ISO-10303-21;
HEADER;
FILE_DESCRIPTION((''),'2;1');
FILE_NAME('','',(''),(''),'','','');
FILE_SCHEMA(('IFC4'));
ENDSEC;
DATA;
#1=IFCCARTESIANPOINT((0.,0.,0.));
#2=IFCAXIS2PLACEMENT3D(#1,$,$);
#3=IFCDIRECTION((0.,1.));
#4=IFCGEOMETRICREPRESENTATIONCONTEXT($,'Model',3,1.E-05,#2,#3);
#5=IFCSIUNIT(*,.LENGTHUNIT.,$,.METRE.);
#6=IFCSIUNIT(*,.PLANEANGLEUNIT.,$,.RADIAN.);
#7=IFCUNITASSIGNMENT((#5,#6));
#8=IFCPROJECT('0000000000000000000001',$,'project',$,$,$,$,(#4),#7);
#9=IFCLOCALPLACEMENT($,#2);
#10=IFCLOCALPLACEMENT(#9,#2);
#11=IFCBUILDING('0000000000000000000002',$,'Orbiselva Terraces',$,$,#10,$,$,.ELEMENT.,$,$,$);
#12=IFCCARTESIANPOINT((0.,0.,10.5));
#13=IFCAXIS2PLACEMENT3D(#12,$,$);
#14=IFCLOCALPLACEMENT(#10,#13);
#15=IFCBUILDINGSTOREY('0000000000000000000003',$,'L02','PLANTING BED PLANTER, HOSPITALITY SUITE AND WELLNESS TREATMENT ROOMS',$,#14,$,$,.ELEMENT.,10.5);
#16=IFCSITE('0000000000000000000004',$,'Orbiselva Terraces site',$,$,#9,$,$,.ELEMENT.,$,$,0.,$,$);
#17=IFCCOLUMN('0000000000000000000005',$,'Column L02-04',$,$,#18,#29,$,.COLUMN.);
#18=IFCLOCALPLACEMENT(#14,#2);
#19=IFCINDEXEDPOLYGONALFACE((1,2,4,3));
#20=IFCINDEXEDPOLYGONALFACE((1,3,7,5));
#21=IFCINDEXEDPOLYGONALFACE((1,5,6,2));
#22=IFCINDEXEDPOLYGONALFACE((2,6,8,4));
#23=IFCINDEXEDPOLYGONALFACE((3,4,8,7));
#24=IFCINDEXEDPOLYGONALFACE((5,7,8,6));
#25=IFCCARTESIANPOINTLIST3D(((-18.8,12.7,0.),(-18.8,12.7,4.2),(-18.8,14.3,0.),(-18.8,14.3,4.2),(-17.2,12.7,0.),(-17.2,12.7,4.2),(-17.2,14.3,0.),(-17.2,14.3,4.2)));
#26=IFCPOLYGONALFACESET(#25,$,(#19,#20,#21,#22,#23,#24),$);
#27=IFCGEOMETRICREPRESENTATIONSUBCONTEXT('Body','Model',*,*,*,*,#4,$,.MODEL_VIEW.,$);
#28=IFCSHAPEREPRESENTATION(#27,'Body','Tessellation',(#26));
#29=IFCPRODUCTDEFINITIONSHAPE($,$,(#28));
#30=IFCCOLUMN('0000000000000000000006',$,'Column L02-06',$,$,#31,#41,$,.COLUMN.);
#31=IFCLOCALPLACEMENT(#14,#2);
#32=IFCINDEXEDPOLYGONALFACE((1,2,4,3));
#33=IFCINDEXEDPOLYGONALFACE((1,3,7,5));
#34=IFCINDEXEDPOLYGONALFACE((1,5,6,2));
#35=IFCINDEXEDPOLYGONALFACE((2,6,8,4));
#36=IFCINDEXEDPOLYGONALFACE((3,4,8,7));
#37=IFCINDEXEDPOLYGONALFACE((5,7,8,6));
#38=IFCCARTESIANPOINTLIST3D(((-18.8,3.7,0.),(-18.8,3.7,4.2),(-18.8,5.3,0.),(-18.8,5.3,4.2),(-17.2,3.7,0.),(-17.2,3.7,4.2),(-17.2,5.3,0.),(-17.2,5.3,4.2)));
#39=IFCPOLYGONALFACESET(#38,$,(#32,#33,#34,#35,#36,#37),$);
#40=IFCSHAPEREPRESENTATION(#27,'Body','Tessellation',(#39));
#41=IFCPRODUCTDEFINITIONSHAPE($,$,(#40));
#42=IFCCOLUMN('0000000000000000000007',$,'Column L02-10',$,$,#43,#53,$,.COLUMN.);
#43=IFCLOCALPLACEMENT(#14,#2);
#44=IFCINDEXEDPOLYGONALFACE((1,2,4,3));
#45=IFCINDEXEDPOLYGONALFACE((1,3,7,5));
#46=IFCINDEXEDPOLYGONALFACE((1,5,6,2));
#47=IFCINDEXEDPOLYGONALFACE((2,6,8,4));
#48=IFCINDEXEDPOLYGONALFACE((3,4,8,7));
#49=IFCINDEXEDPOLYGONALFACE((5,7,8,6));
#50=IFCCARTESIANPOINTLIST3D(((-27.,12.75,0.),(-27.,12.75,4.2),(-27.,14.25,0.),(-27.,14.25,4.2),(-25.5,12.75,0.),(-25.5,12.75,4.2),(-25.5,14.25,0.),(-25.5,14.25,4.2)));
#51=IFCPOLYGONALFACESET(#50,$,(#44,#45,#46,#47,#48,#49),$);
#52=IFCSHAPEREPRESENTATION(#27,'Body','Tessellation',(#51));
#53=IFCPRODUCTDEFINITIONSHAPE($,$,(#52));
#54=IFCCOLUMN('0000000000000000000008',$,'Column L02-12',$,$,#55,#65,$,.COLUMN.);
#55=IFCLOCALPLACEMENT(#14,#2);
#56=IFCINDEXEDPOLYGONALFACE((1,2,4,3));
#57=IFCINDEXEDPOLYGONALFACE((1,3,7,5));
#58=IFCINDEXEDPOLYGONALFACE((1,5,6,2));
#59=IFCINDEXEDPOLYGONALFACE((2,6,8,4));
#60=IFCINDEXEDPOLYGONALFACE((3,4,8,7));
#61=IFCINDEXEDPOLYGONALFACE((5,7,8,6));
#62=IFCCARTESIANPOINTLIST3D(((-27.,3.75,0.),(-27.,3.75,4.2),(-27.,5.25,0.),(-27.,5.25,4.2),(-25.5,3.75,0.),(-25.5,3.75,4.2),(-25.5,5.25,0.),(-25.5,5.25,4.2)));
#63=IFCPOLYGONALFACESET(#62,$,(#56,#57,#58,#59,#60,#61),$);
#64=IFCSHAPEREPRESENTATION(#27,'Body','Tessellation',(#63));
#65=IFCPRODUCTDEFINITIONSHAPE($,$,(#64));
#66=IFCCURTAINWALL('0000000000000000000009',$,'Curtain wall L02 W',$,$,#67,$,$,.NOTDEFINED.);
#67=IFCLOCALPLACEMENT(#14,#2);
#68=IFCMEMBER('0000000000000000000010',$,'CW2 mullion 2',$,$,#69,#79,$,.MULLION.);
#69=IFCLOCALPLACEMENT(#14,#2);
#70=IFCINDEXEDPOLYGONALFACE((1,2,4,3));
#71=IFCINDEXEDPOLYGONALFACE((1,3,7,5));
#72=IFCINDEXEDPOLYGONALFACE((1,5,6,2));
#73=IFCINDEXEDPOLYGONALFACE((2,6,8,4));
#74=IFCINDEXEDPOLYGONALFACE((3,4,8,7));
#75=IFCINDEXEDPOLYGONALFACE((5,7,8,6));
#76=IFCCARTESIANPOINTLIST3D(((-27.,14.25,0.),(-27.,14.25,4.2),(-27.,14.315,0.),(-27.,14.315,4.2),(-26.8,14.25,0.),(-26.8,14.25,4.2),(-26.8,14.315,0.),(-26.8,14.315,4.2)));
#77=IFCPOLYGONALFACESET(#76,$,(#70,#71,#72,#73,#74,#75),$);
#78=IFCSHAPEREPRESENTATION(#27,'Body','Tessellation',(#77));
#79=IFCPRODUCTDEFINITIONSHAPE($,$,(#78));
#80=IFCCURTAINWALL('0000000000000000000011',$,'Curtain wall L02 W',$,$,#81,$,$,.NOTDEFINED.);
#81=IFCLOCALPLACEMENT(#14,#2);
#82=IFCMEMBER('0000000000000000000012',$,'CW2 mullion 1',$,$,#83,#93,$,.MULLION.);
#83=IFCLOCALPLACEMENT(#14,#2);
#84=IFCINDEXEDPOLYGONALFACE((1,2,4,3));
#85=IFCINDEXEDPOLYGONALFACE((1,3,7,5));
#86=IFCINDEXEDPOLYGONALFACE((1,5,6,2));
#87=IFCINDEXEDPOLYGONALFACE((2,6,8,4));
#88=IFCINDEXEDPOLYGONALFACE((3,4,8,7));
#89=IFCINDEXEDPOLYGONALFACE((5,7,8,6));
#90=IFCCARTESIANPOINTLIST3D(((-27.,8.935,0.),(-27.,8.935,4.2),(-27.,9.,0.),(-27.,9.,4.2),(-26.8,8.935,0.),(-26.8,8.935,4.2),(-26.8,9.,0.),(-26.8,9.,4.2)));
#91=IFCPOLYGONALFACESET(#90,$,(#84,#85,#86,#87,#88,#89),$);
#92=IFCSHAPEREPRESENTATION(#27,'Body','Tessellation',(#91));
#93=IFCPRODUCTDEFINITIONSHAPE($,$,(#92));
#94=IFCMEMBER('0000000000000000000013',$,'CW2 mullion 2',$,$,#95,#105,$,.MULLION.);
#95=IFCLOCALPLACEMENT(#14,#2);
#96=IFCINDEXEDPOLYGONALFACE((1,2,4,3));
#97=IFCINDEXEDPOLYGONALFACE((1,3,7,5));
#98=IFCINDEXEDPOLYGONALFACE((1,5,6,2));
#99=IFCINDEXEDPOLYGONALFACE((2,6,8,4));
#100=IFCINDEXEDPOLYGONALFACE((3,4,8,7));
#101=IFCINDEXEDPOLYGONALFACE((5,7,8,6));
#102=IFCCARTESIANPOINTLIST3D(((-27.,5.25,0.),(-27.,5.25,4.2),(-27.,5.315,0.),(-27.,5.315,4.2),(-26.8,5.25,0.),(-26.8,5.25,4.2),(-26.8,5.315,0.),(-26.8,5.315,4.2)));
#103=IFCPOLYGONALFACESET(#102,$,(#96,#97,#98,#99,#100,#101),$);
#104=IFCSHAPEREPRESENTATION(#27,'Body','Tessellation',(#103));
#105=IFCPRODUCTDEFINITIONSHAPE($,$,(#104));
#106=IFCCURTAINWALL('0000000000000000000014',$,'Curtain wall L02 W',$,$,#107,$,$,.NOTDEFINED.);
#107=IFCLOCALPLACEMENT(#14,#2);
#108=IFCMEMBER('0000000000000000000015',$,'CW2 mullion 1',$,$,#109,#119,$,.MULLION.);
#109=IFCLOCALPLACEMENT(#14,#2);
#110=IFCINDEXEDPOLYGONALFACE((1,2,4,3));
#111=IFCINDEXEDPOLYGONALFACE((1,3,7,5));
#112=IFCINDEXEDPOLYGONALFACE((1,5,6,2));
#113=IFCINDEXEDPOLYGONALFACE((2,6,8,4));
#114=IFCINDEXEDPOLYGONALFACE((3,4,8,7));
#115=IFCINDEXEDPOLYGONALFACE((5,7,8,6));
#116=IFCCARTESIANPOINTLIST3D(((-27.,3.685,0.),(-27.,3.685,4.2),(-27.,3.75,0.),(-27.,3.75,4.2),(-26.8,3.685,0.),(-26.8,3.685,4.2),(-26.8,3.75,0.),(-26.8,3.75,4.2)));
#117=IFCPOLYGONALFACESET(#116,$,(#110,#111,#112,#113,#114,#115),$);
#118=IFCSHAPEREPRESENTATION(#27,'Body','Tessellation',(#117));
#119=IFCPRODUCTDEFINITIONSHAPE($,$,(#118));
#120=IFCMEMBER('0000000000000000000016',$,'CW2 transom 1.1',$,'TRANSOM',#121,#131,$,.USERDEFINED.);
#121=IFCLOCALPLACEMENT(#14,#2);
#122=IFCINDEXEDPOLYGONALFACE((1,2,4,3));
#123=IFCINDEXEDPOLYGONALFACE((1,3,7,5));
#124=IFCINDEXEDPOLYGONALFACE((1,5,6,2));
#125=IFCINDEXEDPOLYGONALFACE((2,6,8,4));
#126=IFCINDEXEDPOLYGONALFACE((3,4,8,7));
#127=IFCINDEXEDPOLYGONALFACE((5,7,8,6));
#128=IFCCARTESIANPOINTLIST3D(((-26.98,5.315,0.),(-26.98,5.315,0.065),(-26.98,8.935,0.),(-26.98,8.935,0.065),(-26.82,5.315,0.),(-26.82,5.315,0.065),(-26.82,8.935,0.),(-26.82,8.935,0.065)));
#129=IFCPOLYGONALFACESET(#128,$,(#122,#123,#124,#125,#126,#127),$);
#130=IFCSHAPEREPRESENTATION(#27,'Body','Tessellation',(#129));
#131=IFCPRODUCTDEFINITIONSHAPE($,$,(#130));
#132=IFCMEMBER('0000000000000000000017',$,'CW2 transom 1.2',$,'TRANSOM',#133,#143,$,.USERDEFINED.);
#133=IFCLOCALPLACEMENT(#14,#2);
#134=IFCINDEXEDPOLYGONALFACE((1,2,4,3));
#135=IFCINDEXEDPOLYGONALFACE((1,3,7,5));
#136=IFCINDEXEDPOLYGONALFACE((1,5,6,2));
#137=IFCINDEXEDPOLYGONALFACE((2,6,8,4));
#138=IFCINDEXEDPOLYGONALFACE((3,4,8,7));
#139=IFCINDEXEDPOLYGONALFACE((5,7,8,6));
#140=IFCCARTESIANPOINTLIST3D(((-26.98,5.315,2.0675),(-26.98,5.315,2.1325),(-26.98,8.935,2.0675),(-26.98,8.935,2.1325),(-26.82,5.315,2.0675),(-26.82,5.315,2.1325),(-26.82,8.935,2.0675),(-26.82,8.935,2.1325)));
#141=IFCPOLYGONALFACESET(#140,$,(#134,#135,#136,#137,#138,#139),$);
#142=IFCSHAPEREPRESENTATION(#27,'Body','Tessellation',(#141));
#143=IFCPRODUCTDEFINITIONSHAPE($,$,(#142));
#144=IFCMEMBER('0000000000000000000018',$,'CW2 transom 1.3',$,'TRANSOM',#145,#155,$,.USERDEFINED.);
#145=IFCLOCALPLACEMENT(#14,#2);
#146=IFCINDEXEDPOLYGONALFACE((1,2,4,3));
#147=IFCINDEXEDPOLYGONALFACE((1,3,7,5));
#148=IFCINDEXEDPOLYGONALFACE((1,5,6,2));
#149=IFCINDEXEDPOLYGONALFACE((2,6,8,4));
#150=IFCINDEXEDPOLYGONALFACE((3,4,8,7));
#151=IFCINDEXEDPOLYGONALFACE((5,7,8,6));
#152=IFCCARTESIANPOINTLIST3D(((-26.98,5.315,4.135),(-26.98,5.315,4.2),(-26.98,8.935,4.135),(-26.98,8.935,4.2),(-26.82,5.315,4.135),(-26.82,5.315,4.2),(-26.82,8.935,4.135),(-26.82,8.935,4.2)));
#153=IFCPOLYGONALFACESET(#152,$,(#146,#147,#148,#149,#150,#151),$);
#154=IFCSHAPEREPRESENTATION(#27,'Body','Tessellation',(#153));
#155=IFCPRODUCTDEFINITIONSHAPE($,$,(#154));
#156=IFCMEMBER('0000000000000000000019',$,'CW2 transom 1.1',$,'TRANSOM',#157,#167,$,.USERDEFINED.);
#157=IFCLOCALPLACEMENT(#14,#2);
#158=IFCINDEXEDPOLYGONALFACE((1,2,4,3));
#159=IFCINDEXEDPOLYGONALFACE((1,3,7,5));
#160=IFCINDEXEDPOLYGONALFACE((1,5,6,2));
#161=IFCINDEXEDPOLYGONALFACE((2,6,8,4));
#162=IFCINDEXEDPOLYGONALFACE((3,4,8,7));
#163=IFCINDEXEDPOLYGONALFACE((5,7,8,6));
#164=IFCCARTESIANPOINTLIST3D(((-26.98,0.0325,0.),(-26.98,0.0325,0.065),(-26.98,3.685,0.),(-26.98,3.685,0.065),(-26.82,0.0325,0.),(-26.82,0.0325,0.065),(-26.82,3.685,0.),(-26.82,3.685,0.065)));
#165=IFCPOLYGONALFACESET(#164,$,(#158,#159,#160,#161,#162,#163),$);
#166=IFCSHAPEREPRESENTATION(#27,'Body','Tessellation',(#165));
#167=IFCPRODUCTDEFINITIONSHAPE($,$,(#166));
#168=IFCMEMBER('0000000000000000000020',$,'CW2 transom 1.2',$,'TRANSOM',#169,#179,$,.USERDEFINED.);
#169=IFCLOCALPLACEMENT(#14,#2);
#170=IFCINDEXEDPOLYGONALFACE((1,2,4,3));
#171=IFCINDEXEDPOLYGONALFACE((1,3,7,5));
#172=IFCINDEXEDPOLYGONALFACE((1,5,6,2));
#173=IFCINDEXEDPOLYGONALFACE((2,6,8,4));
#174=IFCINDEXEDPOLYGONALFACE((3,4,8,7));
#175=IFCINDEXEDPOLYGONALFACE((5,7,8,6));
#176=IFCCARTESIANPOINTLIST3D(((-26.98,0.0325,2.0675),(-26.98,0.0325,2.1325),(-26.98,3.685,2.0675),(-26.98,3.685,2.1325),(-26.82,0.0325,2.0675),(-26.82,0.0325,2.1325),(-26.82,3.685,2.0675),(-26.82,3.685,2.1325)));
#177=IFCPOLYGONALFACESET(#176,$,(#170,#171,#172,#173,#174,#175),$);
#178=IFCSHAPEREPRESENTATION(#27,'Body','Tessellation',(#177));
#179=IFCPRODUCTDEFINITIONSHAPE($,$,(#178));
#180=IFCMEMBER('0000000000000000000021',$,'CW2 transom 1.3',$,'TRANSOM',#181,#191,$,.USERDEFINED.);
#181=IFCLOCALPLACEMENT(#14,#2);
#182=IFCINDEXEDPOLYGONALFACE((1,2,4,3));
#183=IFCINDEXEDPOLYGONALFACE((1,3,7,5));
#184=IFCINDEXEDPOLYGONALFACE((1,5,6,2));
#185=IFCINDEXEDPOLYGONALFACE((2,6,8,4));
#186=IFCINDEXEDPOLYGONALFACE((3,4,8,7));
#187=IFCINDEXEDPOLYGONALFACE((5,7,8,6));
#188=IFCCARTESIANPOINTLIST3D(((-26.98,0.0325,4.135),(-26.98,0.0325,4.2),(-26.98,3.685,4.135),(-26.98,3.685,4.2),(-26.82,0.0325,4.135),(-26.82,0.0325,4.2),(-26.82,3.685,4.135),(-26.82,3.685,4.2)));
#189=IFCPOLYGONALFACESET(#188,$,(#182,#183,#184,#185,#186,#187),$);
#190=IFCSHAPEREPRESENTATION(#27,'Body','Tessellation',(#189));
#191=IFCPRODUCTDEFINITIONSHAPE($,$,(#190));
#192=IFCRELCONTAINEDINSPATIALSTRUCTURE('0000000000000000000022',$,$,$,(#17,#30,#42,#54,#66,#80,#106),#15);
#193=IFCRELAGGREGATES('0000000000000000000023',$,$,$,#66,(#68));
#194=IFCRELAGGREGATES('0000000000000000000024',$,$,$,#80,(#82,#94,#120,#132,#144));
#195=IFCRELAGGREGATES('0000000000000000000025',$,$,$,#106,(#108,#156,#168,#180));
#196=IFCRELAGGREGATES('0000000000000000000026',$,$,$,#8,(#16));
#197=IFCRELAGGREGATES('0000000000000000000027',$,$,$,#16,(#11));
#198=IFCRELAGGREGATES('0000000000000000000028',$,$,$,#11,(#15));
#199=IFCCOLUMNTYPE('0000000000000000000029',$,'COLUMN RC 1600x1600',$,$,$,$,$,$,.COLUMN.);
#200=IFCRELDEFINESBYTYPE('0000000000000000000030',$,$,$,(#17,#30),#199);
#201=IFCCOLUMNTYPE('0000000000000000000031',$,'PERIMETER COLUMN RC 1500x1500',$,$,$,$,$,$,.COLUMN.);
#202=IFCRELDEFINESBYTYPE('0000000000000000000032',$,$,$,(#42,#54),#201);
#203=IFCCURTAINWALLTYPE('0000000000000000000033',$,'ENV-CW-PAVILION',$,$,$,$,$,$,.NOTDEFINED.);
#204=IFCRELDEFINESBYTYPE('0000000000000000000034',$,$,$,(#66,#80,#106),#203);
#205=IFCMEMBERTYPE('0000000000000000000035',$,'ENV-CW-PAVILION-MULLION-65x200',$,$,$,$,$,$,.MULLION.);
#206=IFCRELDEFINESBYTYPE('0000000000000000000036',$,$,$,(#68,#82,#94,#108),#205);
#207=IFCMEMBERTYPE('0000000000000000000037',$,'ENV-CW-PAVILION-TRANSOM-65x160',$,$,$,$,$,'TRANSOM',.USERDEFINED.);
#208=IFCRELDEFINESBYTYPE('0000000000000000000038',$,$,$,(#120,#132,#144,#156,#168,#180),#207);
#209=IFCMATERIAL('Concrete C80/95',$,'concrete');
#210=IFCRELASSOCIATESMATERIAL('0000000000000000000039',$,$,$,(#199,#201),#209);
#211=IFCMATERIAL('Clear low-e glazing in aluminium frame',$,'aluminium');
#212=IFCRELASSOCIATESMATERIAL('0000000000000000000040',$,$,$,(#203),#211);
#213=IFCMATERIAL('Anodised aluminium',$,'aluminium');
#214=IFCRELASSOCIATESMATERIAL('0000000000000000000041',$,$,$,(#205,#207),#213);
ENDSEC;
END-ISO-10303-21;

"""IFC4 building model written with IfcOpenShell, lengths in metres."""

from ifc_helpers import new_model, si_unit, direction, frame, origin, origin_2d, place, context, subcontext, project, spatial, rectangle, extrude, material, material_profile, profile_set, type_object, element, aggregate, save


model = new_model("IFC4")

# Units and contexts
model_context = context("Model", 3, precision=1e-05, world=origin(), true_north=direction((0.0, 1.0)))
body_context = subcontext(model_context, "Body", "Model", "MODEL_VIEW")
ifc_project = project(units=[si_unit("LENGTHUNIT", "METRE"), si_unit("PLANEANGLEUNIT", "RADIAN")], contexts=[model_context])

# Site, building, storey
site_placement = place(None, origin())
site = spatial("IfcSite", under=ifc_project, at=site_placement, Name="Orbiselva Terraces site", CompositionType="ELEMENT", RefElevation=0.0)
building_placement = place(site_placement, origin())
building = spatial("IfcBuilding", under=site, at=building_placement, Name="Orbiselva Terraces", CompositionType="ELEMENT")
storey_placement = place(building_placement, frame((0.0, 0.0, 10.5)))
storey = spatial("IfcBuildingStorey", under=building, at=storey_placement, Name="L02", Description="PLANTING BED PLANTER, HOSPITALITY SUITE AND WELLNESS TREATMENT ROOMS", CompositionType="ELEMENT", Elevation=10.5)

# Columns
ifc_material_1 = material(Name="Concrete C80/95", Category="concrete")
ifc_material_profile_1 = material_profile(ifc_material_1, rectangle(XDim=1.6, YDim=1.6, at=origin_2d()), Name="RC 1600x1600")
ifc_profile_set_1 = profile_set([ifc_material_profile_1], Name="Concrete C80/95")
column_type_1 = type_object("IfcColumnType", Name="COLUMN RC 1600x1600", PredefinedType="COLUMN", material=ifc_profile_set_1)
for number, where, z_axis, x_axis, name in (
    (1, (-18.0, 13.5, 0.0), (0.0, 0.0, 1.0), (1.0, 0.0, 0.0), "Column L02-04"),
    (2, (-18.0, 4.5, 0.0), (0.0, 0.0, 1.0), (1.0, 0.0, 0.0), "Column L02-06"),
):
    element("IfcColumn", number, at=place(storey_placement, frame(where, z_axis=z_axis, x_axis=x_axis)), inside=storey, type_object=column_type_1, Name=name, PredefinedType="COLUMN", context=body_context, shape_type="SweptSolid", body=[
        extrude(rectangle(XDim=1.6, YDim=1.6, at=origin_2d()), origin(), (0.0, 0.0, 1.0), 4.2),
    ])
ifc_material_profile_2 = material_profile(ifc_material_1, rectangle(XDim=1.5, YDim=1.5, at=origin_2d()), Name="RC 1500x1500")
ifc_profile_set_2 = profile_set([ifc_material_profile_2], Name="Concrete C80/95")
column_type_2 = type_object("IfcColumnType", Name="PERIMETER COLUMN RC 1500x1500", PredefinedType="COLUMN", material=ifc_profile_set_2)
for number, where, z_axis, x_axis, name in (
    (3, (-26.25, 13.5, 0.0), (0.0, 0.0, 1.0), (1.0, 0.0, 0.0), "Column L02-10"),
    (4, (-26.25, 4.5, 0.0), (0.0, 0.0, 1.0), (1.0, 0.0, 0.0), "Column L02-12"),
):
    element("IfcColumn", number, at=place(storey_placement, frame(where, z_axis=z_axis, x_axis=x_axis)), inside=storey, type_object=column_type_2, Name=name, PredefinedType="COLUMN", context=body_context, shape_type="SweptSolid", body=[
        extrude(rectangle(XDim=1.5, YDim=1.5, at=origin_2d()), origin(), (0.0, 0.0, 1.0), 4.2),
    ])

# Curtain wall, member
ifc_material_2 = material(Name="Clear low-e glazing in aluminium frame", Category="aluminium")
curtain_wall_type = type_object("IfcCurtainWallType", Name="ENV-CW-PAVILION", PredefinedType="NOTDEFINED", material=ifc_material_2)
curtain_wall_1_placement = place(storey_placement, origin())
curtain_wall_1 = element("IfcCurtainWall", 5, at=curtain_wall_1_placement, inside=storey, type_object=curtain_wall_type, Name="Curtain wall L02 W", PredefinedType="NOTDEFINED")
ifc_material_3 = material(Name="Anodised aluminium", Category="aluminium")
ifc_material_profile_3 = material_profile(ifc_material_3, rectangle(XDim=0.2, YDim=0.065, at=origin_2d()), Name="AL 65x200")
ifc_profile_set_3 = profile_set([ifc_material_profile_3], Name="Anodised aluminium")
member_type_1 = type_object("IfcMemberType", Name="ENV-CW-PAVILION-MULLION-65x200", PredefinedType="MULLION", material=ifc_profile_set_3)
member_1_placement = place(storey_placement, frame((-26.9, 14.2825, 0.0), z_axis=(0.0, 0.0, 1.0), x_axis=(1.0, 0.0, 0.0)))
member_1 = element("IfcMember", 6, at=member_1_placement, type_object=member_type_1, Name="CW2 mullion 2", PredefinedType="MULLION", context=body_context, shape_type="SweptSolid", body=[
    extrude(rectangle(XDim=0.2, YDim=0.065, at=origin_2d()), origin(), (0.0, 0.0, 1.0), 4.2),
])

# Curtain wall, members
curtain_wall_2_placement = place(storey_placement, origin())
curtain_wall_2 = element("IfcCurtainWall", 7, at=curtain_wall_2_placement, inside=storey, type_object=curtain_wall_type, Name="Curtain wall L02 W", PredefinedType="NOTDEFINED")
member_2_placement = place(storey_placement, frame((-26.9, 8.9675, 0.0), z_axis=(0.0, 0.0, 1.0), x_axis=(1.0, 0.0, 0.0)))
member_2 = element("IfcMember", 8, at=member_2_placement, type_object=member_type_1, Name="CW2 mullion 1", PredefinedType="MULLION", context=body_context, shape_type="SweptSolid", body=[
    extrude(rectangle(XDim=0.2, YDim=0.065, at=origin_2d()), origin(), (0.0, 0.0, 1.0), 4.2),
])
member_3_placement = place(storey_placement, frame((-26.9, 5.2825, 0.0), z_axis=(0.0, 0.0, 1.0), x_axis=(1.0, 0.0, 0.0)))
member_3 = element("IfcMember", 9, at=member_3_placement, type_object=member_type_1, Name="CW2 mullion 2", PredefinedType="MULLION", context=body_context, shape_type="SweptSolid", body=[
    extrude(rectangle(XDim=0.2, YDim=0.065, at=origin_2d()), origin(), (0.0, 0.0, 1.0), 4.2),
])

# Curtain wall, member
curtain_wall_3_placement = place(storey_placement, origin())
curtain_wall_3 = element("IfcCurtainWall", 10, at=curtain_wall_3_placement, inside=storey, type_object=curtain_wall_type, Name="Curtain wall L02 W", PredefinedType="NOTDEFINED")
member_4_placement = place(storey_placement, frame((-26.9, 3.7175, 0.0), z_axis=(0.0, 0.0, 1.0), x_axis=(1.0, 0.0, 0.0)))
member_4 = element("IfcMember", 11, at=member_4_placement, type_object=member_type_1, Name="CW2 mullion 1", PredefinedType="MULLION", context=body_context, shape_type="SweptSolid", body=[
    extrude(rectangle(XDim=0.2, YDim=0.065, at=origin_2d()), origin(), (0.0, 0.0, 1.0), 4.2),
])

# Members
ifc_material_profile_4 = material_profile(ifc_material_3, rectangle(XDim=0.16, YDim=0.065, at=origin_2d()), Name="AL 65x160")
ifc_profile_set_4 = profile_set([ifc_material_profile_4], Name="Anodised aluminium")
member_type_2 = type_object("IfcMemberType", Name="ENV-CW-PAVILION-TRANSOM-65x160", ElementType="TRANSOM", PredefinedType="USERDEFINED", material=ifc_profile_set_4)
member_5_placement = place(storey_placement, frame((-26.9, 8.935, 0.0325), z_axis=(0.0, -1.0, 0.0), x_axis=(1.0, 0.0, 0.0)))
member_5 = element("IfcMember", 12, at=member_5_placement, type_object=member_type_2, Name="CW2 transom 1.1", ObjectType="TRANSOM", PredefinedType="USERDEFINED", context=body_context, shape_type="SweptSolid", body=[
    extrude(rectangle(XDim=0.16, YDim=0.065, at=origin_2d()), origin(), (0.0, 0.0, 1.0), 3.62),
])
member_6_placement = place(storey_placement, frame((-26.9, 8.935, 2.1), z_axis=(0.0, -1.0, 0.0), x_axis=(1.0, 0.0, 0.0)))
member_6 = element("IfcMember", 13, at=member_6_placement, type_object=member_type_2, Name="CW2 transom 1.2", ObjectType="TRANSOM", PredefinedType="USERDEFINED", context=body_context, shape_type="SweptSolid", body=[
    extrude(rectangle(XDim=0.16, YDim=0.065, at=origin_2d()), origin(), (0.0, 0.0, 1.0), 3.62),
])
member_7_placement = place(storey_placement, frame((-26.9, 8.935, 4.1675), z_axis=(0.0, -1.0, 0.0), x_axis=(1.0, 0.0, 0.0)))
member_7 = element("IfcMember", 14, at=member_7_placement, type_object=member_type_2, Name="CW2 transom 1.3", ObjectType="TRANSOM", PredefinedType="USERDEFINED", context=body_context, shape_type="SweptSolid", body=[
    extrude(rectangle(XDim=0.16, YDim=0.065, at=origin_2d()), origin(), (0.0, 0.0, 1.0), 3.62),
])
member_8_placement = place(storey_placement, frame((-26.9, 3.685, 0.0325), z_axis=(0.0, -1.0, 0.0), x_axis=(1.0, 0.0, 0.0)))
member_8 = element("IfcMember", 15, at=member_8_placement, type_object=member_type_2, Name="CW2 transom 1.1", ObjectType="TRANSOM", PredefinedType="USERDEFINED", context=body_context, shape_type="SweptSolid", body=[
    extrude(rectangle(XDim=0.16, YDim=0.065, at=origin_2d()), origin(), (0.0, 0.0, 1.0), 3.6525),
])
member_9_placement = place(storey_placement, frame((-26.9, 3.685, 2.1), z_axis=(0.0, -1.0, 0.0), x_axis=(1.0, 0.0, 0.0)))
member_9 = element("IfcMember", 16, at=member_9_placement, type_object=member_type_2, Name="CW2 transom 1.2", ObjectType="TRANSOM", PredefinedType="USERDEFINED", context=body_context, shape_type="SweptSolid", body=[
    extrude(rectangle(XDim=0.16, YDim=0.065, at=origin_2d()), origin(), (0.0, 0.0, 1.0), 3.6525),
])
member_10_placement = place(storey_placement, frame((-26.9, 3.685, 4.1675), z_axis=(0.0, -1.0, 0.0), x_axis=(1.0, 0.0, 0.0)))
member_10 = element("IfcMember", 17, at=member_10_placement, type_object=member_type_2, Name="CW2 transom 1.3", ObjectType="TRANSOM", PredefinedType="USERDEFINED", context=body_context, shape_type="SweptSolid", body=[
    extrude(rectangle(XDim=0.16, YDim=0.065, at=origin_2d()), origin(), (0.0, 0.0, 1.0), 3.6525),
])

aggregate(curtain_wall_1, [member_1])
aggregate(curtain_wall_2, [member_2, member_3, member_5, member_6, member_7])
aggregate(curtain_wall_3, [member_4, member_8, member_9, member_10])

save(model, "model.ifc")
